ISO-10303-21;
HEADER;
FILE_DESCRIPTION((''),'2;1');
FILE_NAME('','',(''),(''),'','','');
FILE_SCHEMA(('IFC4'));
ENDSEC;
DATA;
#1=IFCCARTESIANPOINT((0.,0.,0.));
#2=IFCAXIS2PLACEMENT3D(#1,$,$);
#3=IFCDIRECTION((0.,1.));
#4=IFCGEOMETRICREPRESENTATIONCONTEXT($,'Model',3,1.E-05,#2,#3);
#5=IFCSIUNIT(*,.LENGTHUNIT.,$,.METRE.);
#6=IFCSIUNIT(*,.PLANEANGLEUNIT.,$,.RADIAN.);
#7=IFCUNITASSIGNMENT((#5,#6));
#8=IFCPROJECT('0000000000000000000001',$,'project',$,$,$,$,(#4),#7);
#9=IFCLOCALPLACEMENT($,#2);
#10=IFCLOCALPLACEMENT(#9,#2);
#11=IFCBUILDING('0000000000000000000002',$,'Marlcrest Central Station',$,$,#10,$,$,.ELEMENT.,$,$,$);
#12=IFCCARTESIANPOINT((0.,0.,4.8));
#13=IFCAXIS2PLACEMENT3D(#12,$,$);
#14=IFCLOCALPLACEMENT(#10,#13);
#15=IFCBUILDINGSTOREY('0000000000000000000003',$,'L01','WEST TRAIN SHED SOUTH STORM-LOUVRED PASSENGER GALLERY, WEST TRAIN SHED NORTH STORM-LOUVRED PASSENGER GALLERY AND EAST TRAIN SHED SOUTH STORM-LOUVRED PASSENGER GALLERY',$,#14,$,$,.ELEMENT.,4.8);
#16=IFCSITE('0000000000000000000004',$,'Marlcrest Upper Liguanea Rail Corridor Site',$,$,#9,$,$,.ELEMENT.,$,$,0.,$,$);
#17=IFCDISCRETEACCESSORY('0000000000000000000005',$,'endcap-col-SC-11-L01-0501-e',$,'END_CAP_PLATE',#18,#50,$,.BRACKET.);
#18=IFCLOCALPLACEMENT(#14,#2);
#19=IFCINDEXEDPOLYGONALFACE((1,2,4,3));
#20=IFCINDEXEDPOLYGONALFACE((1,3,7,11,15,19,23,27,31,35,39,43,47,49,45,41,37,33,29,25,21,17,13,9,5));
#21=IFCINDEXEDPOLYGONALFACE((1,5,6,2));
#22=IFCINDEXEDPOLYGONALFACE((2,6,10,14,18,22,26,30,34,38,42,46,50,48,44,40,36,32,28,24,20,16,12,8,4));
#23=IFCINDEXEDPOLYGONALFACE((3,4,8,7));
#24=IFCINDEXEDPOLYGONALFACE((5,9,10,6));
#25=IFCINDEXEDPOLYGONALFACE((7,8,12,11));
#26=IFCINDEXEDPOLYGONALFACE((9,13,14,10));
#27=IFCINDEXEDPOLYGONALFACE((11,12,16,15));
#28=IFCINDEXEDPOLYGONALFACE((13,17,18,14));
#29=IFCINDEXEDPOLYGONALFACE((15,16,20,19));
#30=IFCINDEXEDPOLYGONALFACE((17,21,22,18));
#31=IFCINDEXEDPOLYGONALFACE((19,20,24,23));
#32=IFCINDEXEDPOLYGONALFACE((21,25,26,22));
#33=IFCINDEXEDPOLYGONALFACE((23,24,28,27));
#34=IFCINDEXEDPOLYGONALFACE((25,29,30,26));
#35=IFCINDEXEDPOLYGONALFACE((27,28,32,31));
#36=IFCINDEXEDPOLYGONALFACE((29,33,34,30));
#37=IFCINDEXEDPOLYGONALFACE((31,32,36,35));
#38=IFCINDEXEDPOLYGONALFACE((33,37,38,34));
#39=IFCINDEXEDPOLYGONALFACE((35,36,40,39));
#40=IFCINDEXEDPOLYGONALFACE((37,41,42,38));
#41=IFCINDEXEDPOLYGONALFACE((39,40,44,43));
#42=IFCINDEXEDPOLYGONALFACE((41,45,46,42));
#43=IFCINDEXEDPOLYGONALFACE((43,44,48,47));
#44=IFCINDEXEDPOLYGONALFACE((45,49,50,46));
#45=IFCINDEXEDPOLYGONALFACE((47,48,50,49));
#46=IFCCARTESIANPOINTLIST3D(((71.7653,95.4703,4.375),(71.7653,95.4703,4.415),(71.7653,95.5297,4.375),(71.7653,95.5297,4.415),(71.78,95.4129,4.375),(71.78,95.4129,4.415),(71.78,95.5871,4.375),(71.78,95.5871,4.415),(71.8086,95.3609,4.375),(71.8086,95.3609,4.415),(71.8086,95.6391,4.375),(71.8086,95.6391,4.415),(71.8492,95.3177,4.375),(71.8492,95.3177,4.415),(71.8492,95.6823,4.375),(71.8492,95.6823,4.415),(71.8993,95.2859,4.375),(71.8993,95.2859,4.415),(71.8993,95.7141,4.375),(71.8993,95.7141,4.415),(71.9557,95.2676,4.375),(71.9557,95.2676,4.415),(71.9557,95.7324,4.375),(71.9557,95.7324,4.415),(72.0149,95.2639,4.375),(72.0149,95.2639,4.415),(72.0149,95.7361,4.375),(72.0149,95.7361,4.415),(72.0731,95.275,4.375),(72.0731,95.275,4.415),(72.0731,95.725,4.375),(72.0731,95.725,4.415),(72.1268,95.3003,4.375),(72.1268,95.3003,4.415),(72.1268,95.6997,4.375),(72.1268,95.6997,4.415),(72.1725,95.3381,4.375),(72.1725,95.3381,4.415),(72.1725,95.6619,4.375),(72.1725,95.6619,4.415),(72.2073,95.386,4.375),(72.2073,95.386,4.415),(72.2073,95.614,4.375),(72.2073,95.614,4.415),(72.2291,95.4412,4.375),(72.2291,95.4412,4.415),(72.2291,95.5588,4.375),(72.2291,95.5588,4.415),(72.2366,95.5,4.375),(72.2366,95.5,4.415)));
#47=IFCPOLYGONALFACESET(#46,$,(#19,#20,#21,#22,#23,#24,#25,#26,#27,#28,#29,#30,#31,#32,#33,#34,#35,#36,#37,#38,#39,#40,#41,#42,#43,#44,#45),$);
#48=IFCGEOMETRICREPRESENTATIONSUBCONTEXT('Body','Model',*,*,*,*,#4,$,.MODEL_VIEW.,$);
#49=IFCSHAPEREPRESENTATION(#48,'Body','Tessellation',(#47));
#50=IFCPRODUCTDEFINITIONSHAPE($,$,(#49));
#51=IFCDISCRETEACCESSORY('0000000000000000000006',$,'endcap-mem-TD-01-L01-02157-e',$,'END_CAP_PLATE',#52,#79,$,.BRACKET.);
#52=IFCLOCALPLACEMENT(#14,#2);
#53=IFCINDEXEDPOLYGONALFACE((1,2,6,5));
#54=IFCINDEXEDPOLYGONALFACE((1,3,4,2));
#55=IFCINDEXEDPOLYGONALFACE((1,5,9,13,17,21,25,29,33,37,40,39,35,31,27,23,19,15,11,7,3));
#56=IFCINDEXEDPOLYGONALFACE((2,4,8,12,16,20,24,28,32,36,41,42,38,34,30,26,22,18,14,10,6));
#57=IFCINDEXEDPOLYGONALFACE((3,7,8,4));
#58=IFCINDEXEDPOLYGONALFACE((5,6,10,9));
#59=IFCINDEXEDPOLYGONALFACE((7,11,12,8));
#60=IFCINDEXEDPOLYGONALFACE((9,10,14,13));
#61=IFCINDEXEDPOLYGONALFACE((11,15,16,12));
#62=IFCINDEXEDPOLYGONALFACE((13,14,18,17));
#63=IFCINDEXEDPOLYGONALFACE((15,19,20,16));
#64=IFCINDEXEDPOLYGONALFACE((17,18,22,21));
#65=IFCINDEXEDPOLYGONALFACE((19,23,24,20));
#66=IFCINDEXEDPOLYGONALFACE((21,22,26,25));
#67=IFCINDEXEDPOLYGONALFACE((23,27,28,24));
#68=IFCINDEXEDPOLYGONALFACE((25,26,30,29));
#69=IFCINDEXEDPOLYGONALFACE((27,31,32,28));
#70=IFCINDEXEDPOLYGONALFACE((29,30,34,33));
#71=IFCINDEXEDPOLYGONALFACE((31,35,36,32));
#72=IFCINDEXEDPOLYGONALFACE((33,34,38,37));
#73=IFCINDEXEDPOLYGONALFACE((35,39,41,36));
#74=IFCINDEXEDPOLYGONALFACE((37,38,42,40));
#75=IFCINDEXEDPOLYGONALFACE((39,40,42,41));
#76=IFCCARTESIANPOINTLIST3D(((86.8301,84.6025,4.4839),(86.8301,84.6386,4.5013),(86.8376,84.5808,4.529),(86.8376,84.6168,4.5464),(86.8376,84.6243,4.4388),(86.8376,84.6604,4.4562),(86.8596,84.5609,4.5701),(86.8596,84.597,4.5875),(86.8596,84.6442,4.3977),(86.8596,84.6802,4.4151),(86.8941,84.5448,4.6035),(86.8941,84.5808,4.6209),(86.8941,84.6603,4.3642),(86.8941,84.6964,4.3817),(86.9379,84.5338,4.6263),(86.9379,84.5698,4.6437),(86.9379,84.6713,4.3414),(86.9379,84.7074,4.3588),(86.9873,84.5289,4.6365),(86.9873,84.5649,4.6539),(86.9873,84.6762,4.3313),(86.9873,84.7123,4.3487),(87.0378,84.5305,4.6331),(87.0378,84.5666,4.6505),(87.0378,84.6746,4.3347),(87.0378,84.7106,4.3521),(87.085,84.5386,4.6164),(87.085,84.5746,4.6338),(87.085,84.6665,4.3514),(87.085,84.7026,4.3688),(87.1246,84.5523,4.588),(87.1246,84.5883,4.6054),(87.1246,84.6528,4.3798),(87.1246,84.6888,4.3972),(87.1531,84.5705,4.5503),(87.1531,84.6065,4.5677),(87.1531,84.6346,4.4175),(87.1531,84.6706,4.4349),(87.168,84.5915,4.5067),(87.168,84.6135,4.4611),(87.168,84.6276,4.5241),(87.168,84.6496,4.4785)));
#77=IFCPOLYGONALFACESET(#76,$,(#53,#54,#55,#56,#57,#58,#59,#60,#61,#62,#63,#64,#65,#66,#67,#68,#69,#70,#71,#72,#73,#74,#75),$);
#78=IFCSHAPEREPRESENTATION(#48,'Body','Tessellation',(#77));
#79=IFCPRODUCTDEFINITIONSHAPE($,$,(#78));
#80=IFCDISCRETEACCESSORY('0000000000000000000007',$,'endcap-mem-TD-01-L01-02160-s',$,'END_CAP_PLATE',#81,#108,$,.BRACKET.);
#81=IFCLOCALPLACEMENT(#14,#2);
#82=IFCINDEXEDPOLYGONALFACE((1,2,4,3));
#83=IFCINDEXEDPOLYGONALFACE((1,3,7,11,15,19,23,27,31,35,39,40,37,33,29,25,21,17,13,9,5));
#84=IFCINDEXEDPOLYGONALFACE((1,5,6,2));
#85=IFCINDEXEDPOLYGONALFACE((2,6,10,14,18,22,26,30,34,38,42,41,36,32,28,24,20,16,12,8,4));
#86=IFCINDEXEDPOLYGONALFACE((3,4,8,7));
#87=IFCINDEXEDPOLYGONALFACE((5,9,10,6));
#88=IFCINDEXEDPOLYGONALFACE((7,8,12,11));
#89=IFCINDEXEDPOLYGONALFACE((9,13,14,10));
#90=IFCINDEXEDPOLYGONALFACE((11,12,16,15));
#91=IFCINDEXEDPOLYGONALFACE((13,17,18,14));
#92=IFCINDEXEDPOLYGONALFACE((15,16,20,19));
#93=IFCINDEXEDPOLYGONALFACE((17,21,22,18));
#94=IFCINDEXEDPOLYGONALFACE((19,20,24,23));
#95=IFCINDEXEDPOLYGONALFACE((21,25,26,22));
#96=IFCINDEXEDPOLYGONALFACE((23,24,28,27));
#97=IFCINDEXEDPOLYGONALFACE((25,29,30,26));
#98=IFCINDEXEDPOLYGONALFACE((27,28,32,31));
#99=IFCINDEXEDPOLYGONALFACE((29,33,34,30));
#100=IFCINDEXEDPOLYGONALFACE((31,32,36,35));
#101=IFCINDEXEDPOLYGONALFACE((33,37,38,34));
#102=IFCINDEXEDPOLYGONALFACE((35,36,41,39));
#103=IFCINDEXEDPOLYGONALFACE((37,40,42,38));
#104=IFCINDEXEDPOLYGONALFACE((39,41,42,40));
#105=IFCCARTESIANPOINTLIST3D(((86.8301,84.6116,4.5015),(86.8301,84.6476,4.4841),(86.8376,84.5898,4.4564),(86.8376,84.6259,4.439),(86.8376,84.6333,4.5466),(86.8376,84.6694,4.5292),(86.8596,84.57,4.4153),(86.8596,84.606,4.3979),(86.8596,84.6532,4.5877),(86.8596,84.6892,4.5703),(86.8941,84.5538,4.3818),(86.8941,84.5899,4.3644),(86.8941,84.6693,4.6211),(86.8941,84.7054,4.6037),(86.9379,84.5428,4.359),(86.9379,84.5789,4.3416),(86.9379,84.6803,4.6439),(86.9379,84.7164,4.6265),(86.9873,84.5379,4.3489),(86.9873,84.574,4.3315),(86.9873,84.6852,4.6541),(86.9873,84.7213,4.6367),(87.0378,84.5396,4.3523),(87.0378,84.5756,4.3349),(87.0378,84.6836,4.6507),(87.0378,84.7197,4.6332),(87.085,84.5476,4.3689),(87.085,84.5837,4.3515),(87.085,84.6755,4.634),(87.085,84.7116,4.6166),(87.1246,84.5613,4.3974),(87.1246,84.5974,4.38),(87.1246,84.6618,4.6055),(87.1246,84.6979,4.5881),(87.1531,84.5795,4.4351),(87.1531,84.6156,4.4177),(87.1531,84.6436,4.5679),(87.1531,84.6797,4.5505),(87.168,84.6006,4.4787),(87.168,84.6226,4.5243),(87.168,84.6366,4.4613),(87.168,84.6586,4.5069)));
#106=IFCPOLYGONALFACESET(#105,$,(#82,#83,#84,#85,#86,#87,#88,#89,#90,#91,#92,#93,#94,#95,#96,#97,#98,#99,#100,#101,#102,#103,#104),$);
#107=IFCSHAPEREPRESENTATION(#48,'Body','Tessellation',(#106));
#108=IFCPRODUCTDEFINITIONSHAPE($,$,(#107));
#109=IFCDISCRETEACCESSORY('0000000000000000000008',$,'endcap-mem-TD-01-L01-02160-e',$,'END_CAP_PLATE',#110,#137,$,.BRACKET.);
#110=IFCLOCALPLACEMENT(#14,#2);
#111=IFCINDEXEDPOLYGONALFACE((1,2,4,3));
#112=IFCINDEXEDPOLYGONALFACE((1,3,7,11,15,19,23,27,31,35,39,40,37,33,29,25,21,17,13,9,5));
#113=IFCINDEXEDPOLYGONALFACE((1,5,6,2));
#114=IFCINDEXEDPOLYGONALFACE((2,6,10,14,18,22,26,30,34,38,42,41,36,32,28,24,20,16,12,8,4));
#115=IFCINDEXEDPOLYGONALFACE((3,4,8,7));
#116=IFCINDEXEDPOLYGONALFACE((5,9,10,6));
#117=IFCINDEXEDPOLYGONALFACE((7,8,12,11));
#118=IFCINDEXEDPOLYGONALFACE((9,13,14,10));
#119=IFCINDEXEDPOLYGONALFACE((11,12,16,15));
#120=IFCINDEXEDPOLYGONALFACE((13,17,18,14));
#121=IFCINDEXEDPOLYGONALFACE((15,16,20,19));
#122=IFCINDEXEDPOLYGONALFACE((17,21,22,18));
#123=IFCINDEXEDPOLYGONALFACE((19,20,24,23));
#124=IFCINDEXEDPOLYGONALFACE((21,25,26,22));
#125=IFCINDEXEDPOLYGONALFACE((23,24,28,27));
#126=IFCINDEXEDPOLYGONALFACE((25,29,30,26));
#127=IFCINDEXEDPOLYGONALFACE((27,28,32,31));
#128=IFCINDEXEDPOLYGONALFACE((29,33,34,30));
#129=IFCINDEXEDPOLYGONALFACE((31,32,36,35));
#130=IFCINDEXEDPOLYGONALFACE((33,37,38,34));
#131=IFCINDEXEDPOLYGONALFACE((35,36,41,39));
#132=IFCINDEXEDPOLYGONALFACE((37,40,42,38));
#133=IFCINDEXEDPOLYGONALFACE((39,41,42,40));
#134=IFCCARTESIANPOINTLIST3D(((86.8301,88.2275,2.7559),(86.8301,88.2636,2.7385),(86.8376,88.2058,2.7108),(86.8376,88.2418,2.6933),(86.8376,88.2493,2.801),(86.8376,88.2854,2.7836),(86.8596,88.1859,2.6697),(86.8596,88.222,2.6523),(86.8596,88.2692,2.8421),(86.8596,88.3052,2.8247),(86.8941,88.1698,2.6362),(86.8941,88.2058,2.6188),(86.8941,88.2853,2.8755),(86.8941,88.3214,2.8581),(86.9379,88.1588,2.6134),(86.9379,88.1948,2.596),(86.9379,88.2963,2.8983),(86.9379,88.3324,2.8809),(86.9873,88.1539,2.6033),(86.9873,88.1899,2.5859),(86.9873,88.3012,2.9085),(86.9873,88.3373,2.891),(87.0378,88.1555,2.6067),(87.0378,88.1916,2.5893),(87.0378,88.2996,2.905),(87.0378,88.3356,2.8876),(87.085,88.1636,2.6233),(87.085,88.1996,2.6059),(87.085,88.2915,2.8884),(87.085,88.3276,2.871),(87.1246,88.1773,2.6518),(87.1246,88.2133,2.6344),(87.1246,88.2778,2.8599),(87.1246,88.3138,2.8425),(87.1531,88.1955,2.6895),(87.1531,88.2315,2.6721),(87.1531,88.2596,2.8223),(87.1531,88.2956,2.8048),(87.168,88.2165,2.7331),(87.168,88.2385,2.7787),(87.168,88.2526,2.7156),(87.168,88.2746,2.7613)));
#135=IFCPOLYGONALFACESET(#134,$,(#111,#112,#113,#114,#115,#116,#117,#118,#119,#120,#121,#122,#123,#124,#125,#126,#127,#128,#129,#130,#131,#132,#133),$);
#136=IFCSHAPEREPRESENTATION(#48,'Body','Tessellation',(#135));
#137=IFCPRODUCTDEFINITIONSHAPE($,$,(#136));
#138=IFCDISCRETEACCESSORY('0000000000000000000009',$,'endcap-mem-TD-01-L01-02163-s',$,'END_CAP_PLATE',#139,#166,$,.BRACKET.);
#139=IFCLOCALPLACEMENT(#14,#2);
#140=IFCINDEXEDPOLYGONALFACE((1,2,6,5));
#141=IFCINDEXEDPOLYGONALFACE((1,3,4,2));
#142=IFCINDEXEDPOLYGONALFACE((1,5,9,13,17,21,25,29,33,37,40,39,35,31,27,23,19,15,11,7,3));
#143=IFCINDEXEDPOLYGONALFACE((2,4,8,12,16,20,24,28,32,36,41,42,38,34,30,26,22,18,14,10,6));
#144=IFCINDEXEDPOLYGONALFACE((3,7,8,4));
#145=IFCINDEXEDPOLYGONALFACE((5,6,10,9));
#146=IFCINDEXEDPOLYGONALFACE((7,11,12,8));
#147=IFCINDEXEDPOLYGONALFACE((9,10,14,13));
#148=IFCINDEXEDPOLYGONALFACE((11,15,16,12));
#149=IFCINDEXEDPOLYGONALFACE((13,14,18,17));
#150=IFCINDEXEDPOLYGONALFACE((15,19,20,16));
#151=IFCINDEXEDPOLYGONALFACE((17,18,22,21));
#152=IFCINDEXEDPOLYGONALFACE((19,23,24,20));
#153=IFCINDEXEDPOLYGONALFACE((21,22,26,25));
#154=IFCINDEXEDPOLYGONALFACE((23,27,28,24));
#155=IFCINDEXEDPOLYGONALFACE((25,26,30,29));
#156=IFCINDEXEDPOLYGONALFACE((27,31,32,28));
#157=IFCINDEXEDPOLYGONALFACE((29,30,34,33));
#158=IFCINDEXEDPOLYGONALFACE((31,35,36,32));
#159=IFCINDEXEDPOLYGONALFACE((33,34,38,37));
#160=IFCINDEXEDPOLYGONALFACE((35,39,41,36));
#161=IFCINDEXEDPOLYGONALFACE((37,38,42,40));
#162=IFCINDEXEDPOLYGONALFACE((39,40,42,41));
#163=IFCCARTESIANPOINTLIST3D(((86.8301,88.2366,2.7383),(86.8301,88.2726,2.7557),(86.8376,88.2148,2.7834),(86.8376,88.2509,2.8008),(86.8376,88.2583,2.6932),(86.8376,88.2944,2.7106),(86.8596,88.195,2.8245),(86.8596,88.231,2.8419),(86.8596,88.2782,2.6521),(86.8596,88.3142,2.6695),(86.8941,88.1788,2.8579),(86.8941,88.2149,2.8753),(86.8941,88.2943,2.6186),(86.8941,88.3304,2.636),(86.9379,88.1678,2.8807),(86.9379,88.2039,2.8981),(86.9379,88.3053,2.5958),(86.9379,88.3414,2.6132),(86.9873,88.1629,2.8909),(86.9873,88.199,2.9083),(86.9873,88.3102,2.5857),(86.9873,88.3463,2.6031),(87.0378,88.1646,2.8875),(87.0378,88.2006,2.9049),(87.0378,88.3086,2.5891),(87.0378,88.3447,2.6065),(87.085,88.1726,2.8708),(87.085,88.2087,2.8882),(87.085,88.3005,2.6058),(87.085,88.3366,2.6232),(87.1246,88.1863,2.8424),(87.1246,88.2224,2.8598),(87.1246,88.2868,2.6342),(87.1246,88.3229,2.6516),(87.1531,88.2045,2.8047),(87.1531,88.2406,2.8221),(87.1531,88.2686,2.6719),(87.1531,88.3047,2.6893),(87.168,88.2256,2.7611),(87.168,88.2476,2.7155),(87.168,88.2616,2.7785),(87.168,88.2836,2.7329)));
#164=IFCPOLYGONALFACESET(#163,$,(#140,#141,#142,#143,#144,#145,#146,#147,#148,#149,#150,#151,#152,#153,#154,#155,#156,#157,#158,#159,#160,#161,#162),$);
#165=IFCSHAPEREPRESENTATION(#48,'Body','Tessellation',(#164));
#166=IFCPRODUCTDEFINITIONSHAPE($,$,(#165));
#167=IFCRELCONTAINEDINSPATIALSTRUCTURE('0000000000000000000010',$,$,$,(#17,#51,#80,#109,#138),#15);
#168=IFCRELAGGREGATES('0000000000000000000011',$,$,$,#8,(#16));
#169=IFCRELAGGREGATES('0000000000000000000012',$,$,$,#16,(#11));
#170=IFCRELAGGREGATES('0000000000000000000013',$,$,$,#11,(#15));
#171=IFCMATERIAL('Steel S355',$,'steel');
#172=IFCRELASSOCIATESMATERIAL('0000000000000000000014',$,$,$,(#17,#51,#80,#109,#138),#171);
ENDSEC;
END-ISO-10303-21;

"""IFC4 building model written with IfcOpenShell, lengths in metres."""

from ifc_helpers import new_model, si_unit, direction, frame, origin, origin_2d, place, context, subcontext, project, spatial, circle, extrude, material, element, save


model = new_model("IFC4")

# Units and contexts
model_context = context("Model", 3, precision=1e-05, world=origin(), true_north=direction((0.0, 1.0)))
body_context = subcontext(model_context, "Body", "Model", "MODEL_VIEW")
ifc_project = project(units=[si_unit("LENGTHUNIT", "METRE"), si_unit("PLANEANGLEUNIT", "RADIAN")], contexts=[model_context])

# Site, building, storey
site_placement = place(None, origin())
site = spatial("IfcSite", under=ifc_project, at=site_placement, Name="Marlcrest Upper Liguanea Rail Corridor Site", CompositionType="ELEMENT", RefElevation=0.0)
building_placement = place(site_placement, origin())
building = spatial("IfcBuilding", under=site, at=building_placement, Name="Marlcrest Central Station", CompositionType="ELEMENT")
storey_placement = place(building_placement, frame((0.0, 0.0, 4.8)))
storey = spatial("IfcBuildingStorey", under=building, at=storey_placement, Name="L01", Description="WEST TRAIN SHED SOUTH STORM-LOUVRED PASSENGER GALLERY, WEST TRAIN SHED NORTH STORM-LOUVRED PASSENGER GALLERY AND EAST TRAIN SHED SOUTH STORM-LOUVRED PASSENGER GALLERY", CompositionType="ELEMENT", Elevation=4.8)

# Shared definitions
ifc_material_1 = material(Name="Steel S355", Category="steel")

# Discrete accessories
for number, where, z_axis, x_axis, name in (
    (1, (72.0, 95.5, 4.375), (0.0, 0.0, 1.0), (1.0, 0.0, 0.0), "endcap-col-SC-11-L01-0501-e"),
):
    element("IfcDiscreteAccessory", number, at=place(storey_placement, frame(where, z_axis=z_axis, x_axis=x_axis)), inside=storey, material=ifc_material_1, Name=name, ObjectType="END_CAP_PLATE", PredefinedType="BRACKET", context=body_context, shape_type="SweptSolid", body=[
        extrude(circle(Radius=0.2366, at=origin_2d()), origin(), (0.0, 0.0, 1.0), 0.04),
    ])
for number, where, z_axis, x_axis, name in (
    (2, (87.0, 84.6025, 4.4839), (0.0, 0.900552, 0.434749), (-1.0, 0.0, 0.0), "endcap-mem-TD-01-L01-02157-e"),
    (3, (87.0, 84.6116, 4.5015), (0.0, 0.900552, -0.434749), (-1.0, 0.0, 0.0), "endcap-mem-TD-01-L01-02160-s"),
    (4, (87.0, 88.2275, 2.7559), (0.0, 0.900552, -0.434749), (-1.0, 0.0, 0.0), "endcap-mem-TD-01-L01-02160-e"),
    (5, (87.0, 88.2366, 2.7383), (0.0, 0.900552, 0.434749), (-1.0, 0.0, 0.0), "endcap-mem-TD-01-L01-02163-s"),
):
    element("IfcDiscreteAccessory", number, at=place(storey_placement, frame(where, z_axis=z_axis, x_axis=x_axis)), inside=storey, material=ifc_material_1, Name=name, ObjectType="END_CAP_PLATE", PredefinedType="BRACKET", context=body_context, shape_type="SweptSolid", body=[
        extrude(circle(Radius=0.1699, at=origin_2d()), origin(), (0.0, 0.0, 1.0), 0.04),
    ])

save(model, "model.ifc")
